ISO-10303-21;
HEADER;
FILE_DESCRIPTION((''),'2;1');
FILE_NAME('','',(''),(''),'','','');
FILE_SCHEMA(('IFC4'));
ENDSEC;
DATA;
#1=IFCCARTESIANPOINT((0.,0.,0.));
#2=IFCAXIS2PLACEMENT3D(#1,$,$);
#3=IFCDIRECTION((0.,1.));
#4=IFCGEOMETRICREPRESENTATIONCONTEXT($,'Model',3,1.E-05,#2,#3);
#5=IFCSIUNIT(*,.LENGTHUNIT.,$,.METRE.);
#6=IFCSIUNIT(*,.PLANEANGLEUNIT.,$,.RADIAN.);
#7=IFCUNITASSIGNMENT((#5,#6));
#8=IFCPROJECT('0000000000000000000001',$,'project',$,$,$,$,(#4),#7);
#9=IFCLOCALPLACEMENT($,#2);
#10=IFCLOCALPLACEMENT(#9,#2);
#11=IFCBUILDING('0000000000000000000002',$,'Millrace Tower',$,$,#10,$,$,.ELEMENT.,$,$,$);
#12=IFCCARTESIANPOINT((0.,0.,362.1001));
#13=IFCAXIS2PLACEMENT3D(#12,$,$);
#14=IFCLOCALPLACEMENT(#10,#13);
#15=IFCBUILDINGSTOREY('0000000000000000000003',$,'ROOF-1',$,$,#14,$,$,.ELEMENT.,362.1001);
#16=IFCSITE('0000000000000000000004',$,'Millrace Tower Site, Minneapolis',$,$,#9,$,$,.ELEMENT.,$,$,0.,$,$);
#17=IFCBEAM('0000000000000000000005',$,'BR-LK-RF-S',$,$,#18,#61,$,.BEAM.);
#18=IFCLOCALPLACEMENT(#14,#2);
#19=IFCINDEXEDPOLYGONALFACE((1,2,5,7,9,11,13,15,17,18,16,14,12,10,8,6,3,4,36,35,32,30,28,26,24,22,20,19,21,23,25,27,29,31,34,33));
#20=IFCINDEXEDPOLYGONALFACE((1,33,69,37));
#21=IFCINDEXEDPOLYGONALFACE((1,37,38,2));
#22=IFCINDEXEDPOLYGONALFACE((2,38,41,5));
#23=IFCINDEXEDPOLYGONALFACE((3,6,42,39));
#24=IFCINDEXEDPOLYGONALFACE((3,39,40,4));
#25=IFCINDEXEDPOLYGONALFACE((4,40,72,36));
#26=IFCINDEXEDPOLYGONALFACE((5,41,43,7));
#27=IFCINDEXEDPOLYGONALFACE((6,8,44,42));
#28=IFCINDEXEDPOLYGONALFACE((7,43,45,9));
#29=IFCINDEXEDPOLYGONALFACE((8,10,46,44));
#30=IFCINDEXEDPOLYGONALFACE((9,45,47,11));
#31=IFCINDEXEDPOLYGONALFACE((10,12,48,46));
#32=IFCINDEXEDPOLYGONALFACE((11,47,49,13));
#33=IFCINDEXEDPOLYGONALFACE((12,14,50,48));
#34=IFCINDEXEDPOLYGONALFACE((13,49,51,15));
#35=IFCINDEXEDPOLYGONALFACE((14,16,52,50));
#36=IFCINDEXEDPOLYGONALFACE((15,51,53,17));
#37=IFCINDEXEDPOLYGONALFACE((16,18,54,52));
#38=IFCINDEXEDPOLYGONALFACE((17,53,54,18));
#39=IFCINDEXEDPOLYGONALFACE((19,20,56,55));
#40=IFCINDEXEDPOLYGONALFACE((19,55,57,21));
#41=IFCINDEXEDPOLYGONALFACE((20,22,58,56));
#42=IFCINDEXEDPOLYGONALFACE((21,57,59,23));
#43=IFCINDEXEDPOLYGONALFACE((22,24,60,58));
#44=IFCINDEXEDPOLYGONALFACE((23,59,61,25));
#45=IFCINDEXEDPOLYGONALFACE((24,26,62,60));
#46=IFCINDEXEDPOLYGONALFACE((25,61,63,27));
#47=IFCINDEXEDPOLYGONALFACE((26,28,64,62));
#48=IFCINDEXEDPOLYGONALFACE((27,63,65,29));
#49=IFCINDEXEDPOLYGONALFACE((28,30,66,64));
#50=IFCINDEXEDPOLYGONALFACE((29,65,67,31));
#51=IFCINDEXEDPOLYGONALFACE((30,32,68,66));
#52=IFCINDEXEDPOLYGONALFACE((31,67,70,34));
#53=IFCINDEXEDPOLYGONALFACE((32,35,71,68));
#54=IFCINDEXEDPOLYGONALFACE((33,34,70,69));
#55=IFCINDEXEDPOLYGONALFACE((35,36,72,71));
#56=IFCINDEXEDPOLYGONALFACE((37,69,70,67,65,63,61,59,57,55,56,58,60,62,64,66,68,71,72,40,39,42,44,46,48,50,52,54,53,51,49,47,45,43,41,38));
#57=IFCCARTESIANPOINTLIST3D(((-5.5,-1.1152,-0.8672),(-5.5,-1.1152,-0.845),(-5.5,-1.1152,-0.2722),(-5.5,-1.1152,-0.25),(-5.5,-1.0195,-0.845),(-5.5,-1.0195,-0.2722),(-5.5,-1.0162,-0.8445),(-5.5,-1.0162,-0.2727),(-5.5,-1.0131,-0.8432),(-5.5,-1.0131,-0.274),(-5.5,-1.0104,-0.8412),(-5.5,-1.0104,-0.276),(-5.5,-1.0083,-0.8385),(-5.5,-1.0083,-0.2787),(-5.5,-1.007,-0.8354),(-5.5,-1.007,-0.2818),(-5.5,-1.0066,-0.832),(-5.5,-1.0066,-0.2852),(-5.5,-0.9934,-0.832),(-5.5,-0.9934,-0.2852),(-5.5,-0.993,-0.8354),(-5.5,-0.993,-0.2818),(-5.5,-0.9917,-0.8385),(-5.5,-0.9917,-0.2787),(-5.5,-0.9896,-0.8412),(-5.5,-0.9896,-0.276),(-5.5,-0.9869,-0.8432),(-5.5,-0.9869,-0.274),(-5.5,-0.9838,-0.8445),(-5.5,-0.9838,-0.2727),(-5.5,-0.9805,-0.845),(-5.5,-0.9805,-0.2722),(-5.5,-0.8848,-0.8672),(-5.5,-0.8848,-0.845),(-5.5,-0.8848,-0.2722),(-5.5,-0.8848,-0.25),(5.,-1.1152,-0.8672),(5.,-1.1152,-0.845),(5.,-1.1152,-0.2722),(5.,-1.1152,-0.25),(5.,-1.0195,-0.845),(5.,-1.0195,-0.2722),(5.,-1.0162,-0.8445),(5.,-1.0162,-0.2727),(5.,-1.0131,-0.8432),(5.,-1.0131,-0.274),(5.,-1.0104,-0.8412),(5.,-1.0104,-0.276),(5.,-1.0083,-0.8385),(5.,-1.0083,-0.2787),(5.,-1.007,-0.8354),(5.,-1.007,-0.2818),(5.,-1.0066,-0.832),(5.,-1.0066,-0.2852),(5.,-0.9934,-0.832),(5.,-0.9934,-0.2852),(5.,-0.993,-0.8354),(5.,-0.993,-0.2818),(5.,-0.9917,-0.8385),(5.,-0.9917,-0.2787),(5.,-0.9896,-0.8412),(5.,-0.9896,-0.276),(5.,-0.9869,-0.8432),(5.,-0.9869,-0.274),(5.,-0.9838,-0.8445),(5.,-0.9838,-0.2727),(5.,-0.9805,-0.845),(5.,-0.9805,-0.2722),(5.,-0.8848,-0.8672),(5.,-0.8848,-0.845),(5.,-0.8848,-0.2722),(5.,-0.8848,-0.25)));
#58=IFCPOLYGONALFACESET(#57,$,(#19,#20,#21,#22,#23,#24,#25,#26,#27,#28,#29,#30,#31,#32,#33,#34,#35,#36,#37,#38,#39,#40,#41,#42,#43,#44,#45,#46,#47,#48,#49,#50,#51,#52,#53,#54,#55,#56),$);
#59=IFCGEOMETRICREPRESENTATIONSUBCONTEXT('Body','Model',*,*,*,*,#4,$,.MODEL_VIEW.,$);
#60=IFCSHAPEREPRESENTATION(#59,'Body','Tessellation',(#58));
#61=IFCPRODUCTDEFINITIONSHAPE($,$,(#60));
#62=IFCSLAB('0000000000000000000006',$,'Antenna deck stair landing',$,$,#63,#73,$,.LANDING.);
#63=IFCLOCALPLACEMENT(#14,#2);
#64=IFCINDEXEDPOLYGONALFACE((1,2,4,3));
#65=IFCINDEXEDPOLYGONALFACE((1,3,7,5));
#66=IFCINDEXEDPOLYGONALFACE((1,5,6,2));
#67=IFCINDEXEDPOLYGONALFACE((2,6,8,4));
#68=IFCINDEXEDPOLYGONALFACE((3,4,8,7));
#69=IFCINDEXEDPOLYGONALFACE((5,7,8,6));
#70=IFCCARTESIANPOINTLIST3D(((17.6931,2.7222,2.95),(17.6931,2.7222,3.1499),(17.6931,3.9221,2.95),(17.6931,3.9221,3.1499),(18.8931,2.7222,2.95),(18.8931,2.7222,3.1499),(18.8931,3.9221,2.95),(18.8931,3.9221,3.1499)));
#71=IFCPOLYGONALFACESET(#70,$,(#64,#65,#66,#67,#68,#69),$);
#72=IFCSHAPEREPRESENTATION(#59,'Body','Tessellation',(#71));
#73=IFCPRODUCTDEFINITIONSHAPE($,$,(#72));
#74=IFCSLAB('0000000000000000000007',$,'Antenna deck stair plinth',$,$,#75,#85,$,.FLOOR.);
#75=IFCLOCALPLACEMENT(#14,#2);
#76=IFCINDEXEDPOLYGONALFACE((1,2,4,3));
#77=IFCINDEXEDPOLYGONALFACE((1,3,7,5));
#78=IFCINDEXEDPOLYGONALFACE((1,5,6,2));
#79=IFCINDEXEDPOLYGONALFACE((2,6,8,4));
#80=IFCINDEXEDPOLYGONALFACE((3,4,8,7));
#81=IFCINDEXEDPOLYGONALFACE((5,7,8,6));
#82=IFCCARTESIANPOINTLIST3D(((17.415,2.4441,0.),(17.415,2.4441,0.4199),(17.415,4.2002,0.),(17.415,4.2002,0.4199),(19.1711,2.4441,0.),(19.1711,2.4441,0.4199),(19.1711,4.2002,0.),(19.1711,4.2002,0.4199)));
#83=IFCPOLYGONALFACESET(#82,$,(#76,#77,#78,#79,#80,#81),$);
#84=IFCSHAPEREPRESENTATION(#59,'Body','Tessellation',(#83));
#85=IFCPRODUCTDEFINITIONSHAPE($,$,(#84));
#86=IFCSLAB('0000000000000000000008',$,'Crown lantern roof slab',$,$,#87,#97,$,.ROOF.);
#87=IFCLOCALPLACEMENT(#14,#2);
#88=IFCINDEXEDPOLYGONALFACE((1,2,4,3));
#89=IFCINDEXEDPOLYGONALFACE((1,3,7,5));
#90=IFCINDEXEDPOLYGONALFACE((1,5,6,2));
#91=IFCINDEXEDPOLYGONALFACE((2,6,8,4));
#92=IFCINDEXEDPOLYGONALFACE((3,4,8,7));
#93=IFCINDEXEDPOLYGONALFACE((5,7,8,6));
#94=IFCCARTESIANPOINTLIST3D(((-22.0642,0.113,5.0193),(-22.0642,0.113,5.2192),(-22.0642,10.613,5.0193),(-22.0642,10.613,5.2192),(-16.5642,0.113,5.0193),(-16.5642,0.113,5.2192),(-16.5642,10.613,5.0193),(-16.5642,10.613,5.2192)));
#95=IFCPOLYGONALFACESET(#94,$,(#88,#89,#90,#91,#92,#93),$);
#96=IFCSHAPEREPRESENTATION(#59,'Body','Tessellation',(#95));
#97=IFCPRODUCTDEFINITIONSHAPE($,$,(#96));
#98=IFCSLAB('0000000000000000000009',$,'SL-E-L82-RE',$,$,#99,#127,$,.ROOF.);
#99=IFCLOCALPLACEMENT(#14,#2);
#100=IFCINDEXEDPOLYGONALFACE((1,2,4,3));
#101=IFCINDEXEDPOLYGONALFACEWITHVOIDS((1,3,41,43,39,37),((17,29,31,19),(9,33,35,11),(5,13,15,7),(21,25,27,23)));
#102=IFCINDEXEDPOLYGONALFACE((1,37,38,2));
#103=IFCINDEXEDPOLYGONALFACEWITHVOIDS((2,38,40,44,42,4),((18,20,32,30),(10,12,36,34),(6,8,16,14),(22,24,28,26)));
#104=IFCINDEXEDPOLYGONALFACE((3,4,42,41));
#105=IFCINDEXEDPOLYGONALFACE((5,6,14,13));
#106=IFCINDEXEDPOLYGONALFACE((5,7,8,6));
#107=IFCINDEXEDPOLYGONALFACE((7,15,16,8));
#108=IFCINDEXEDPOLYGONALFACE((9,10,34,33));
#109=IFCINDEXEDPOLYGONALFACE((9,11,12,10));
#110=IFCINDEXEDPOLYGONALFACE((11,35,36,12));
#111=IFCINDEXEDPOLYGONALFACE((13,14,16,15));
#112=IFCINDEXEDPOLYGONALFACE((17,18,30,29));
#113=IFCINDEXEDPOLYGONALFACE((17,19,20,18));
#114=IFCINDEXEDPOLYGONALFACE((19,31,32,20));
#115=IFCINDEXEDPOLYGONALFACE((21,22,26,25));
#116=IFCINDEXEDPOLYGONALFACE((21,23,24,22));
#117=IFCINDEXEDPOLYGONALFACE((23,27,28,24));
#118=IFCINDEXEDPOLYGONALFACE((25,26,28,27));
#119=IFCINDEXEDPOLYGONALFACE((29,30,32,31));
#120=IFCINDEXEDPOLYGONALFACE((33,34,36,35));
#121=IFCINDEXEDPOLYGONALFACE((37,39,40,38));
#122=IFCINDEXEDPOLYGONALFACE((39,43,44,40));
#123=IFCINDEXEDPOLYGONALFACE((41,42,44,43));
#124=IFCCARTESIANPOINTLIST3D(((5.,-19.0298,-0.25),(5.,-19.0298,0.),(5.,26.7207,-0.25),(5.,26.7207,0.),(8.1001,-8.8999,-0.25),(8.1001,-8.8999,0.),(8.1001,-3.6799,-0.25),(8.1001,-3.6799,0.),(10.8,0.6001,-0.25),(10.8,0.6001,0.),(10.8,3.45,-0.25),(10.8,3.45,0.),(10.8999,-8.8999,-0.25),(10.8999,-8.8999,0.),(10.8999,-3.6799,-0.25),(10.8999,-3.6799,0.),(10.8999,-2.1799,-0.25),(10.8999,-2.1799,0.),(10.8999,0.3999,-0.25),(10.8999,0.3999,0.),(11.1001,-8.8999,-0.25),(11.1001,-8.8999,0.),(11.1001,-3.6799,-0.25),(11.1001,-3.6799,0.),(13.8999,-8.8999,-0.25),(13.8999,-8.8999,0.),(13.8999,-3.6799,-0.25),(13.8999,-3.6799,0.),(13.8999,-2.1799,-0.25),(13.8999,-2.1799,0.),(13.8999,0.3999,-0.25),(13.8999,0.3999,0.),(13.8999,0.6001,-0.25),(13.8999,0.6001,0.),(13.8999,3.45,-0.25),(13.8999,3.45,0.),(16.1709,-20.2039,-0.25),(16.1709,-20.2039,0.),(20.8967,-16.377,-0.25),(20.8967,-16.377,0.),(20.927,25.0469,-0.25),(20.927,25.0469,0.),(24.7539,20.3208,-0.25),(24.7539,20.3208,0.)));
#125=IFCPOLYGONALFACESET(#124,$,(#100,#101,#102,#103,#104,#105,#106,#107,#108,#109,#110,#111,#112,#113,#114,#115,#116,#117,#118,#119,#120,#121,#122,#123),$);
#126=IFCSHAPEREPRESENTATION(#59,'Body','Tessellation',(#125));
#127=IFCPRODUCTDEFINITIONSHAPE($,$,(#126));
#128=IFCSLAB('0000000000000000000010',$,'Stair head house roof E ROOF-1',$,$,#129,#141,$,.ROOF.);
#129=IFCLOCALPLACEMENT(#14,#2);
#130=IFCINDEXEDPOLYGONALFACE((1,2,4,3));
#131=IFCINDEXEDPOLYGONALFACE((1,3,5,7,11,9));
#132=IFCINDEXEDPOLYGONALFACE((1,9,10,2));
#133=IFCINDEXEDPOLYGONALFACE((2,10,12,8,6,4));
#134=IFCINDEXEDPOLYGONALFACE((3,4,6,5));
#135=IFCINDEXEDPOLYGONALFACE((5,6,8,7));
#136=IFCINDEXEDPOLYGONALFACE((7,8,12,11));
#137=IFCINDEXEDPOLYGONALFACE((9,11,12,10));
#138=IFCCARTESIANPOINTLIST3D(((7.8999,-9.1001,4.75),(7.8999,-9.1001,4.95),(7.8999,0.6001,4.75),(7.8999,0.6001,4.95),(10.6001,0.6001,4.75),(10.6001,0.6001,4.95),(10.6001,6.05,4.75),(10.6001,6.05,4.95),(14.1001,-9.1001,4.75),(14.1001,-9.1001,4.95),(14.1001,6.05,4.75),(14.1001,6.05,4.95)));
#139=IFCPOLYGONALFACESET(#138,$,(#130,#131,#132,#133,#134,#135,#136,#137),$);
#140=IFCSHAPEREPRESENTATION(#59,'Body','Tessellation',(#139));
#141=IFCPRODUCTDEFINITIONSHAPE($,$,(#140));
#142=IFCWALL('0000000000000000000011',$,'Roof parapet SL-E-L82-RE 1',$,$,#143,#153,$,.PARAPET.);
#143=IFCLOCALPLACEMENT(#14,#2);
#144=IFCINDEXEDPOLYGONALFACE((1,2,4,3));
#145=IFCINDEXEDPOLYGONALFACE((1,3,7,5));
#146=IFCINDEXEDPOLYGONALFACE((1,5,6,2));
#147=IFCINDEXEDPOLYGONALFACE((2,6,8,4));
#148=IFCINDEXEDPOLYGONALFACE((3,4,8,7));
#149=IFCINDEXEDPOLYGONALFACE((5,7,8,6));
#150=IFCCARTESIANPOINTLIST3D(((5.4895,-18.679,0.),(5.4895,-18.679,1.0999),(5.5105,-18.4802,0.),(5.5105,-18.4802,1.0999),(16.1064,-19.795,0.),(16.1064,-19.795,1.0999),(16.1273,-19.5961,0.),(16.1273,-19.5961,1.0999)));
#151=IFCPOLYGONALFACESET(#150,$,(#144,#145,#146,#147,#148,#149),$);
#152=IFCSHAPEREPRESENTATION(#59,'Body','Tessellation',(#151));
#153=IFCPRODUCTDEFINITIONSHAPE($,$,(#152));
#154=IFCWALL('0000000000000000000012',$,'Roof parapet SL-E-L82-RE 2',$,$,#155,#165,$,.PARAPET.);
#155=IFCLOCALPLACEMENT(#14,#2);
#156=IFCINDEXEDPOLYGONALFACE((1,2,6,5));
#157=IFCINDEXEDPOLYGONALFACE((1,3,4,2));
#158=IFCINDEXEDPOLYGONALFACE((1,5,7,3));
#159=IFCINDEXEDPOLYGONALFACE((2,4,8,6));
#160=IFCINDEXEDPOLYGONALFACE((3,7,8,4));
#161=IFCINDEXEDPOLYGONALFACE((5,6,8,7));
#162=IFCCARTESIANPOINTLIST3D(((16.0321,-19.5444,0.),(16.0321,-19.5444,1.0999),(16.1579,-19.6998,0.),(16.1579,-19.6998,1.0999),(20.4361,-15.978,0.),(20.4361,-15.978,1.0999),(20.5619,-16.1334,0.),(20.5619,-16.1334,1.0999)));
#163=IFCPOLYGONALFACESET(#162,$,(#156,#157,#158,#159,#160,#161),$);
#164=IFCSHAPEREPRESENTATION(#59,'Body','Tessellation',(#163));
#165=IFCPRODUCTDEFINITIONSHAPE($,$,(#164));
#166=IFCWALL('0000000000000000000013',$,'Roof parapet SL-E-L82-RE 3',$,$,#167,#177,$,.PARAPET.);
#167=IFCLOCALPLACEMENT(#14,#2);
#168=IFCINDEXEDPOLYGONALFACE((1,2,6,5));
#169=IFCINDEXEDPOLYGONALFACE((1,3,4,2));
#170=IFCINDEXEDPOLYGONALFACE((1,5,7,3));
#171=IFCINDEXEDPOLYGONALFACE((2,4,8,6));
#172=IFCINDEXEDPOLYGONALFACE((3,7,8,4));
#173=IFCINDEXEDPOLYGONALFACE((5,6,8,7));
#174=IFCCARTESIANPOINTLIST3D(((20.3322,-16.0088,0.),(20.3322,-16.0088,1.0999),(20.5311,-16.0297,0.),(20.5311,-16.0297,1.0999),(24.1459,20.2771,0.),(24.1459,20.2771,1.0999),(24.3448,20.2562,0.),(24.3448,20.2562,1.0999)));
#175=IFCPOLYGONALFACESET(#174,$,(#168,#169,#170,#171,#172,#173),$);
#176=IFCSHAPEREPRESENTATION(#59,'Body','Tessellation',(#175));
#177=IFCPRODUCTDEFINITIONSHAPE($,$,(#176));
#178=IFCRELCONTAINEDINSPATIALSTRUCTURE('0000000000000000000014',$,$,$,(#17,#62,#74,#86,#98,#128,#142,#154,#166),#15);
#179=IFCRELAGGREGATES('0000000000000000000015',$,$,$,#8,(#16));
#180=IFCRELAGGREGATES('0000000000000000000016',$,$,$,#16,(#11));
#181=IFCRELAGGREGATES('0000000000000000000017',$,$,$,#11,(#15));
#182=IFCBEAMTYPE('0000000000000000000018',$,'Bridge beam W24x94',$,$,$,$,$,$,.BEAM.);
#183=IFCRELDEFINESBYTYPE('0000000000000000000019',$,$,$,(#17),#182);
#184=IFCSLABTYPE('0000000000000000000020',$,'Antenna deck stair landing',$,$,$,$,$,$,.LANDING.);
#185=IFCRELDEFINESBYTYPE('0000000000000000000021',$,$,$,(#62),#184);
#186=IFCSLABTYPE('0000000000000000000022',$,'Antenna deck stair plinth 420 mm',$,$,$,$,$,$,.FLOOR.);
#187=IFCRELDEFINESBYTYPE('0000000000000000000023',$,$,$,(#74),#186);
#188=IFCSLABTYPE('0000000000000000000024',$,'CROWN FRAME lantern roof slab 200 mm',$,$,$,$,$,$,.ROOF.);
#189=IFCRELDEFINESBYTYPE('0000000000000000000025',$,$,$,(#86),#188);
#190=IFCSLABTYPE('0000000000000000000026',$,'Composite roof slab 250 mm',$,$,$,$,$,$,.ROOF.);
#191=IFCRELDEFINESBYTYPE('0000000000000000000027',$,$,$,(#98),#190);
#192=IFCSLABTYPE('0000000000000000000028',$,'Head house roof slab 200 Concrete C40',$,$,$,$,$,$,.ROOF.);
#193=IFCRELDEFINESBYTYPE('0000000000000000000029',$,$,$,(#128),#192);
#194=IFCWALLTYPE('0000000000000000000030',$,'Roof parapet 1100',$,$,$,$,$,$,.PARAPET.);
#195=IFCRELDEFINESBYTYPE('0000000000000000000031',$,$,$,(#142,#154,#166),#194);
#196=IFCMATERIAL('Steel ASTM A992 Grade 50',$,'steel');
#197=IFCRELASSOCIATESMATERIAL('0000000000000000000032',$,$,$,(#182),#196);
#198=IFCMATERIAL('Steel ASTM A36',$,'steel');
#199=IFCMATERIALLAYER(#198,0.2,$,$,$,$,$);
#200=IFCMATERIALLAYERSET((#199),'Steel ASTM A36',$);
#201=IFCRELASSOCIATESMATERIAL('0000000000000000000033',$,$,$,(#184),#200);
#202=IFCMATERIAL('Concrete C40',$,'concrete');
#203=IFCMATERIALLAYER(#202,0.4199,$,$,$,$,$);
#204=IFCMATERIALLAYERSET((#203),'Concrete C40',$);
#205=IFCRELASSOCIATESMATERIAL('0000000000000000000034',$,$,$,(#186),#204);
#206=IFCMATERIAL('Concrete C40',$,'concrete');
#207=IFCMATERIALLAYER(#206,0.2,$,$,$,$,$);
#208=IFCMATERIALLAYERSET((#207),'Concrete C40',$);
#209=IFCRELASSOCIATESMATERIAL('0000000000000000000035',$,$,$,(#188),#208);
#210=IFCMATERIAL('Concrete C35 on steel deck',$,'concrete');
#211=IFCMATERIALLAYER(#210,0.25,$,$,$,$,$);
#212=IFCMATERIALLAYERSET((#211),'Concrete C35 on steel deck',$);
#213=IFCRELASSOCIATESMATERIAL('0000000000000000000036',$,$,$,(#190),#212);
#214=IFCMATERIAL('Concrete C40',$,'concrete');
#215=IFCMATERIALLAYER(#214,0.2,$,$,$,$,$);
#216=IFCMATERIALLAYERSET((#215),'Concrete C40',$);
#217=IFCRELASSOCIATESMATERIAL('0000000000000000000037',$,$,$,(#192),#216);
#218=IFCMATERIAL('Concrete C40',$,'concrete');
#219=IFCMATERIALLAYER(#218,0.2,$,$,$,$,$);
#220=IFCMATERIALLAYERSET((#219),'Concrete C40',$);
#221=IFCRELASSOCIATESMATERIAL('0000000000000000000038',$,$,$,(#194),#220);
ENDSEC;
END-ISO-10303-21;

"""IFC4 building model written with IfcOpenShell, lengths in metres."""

from ifc_helpers import new_model, si_unit, direction, frame, frame_2d, origin, origin_2d, place, context, subcontext, project, spatial, polyline, rectangle, i_section, outline, extrude, material, layer, layer_set, material_profile, profile_set, type_object, element, save


model = new_model("IFC4")

# Units and contexts
model_context = context("Model", 3, precision=1e-05, world=origin(), true_north=direction((0.0, 1.0)))
body_context = subcontext(model_context, "Body", "Model", "MODEL_VIEW")
ifc_project = project(units=[si_unit("LENGTHUNIT", "METRE"), si_unit("PLANEANGLEUNIT", "RADIAN")], contexts=[model_context])

# Site, building, storey
site_placement = place(None, origin())
site = spatial("IfcSite", under=ifc_project, at=site_placement, Name="Millrace Tower Site, Minneapolis", CompositionType="ELEMENT", RefElevation=0.0)
building_placement = place(site_placement, origin())
building = spatial("IfcBuilding", under=site, at=building_placement, Name="Millrace Tower", CompositionType="ELEMENT")
storey_placement = place(building_placement, frame((0.0, 0.0, 362.1001)))
storey = spatial("IfcBuildingStorey", under=building, at=storey_placement, Name="ROOF-1", CompositionType="ELEMENT", Elevation=362.1001)

# Beam
ifc_material_1 = material(Name="Steel ASTM A992 Grade 50", Category="steel")
ifc_material_profile = material_profile(ifc_material_1, i_section(OverallWidth=0.2305, OverallDepth=0.6172, WebThickness=0.0132, FlangeThickness=0.0222, FilletRadius=0.0129, at=origin_2d()))
ifc_profile_set = profile_set([ifc_material_profile], Name="Steel ASTM A992 Grade 50")
beam_type = type_object("IfcBeamType", Name="Bridge beam W24x94", PredefinedType="BEAM", material=ifc_profile_set)
beam_placement = place(storey_placement, frame((-5.5, -1.0, -0.5586), z_axis=(1.0, 0.0, 0.0), x_axis=(0.0, 1.0, 0.0)))
element("IfcBeam", 1, at=beam_placement, inside=storey, type_object=beam_type, Name="BR-LK-RF-S", PredefinedType="BEAM", context=body_context, shape_type="SweptSolid", body=[
    extrude(i_section(OverallWidth=0.2305, OverallDepth=0.6172, WebThickness=0.0132, FlangeThickness=0.0222, FilletRadius=0.0129, at=origin_2d()), origin(), (0.0, 0.0, 1.0), 10.5),
])

# Slabs
ifc_material_2 = material(Name="Steel ASTM A36", Category="steel")
ifc_layer_1 = layer(ifc_material_2, 0.2)
ifc_layer_set_1 = layer_set([ifc_layer_1], Name="Steel ASTM A36")
slab_type_1 = type_object("IfcSlabType", Name="Antenna deck stair landing", PredefinedType="LANDING", material=ifc_layer_set_1)
slab_1_placement = place(storey_placement, frame((0.0, 0.0, 2.95)))
element("IfcSlab", 2, at=slab_1_placement, inside=storey, type_object=slab_type_1, Name="Antenna deck stair landing", PredefinedType="LANDING", context=body_context, shape_type="SweptSolid", body=[
    extrude(outline(polyline([(17.6931, 2.7222), (18.8931, 2.7222), (18.8931, 3.9221), (17.6931, 3.9221), (17.6931, 2.7222)])), origin(), (0.0, 0.0, 1.0), 0.2),
])
ifc_material_3 = material(Name="Concrete C40", Category="concrete")
ifc_layer_2 = layer(ifc_material_3, 0.4199)
ifc_layer_set_2 = layer_set([ifc_layer_2], Name="Concrete C40")
slab_type_2 = type_object("IfcSlabType", Name="Antenna deck stair plinth 420 mm", PredefinedType="FLOOR", material=ifc_layer_set_2)
placement_1 = place(storey_placement, origin())
element("IfcSlab", 3, at=placement_1, inside=storey, type_object=slab_type_2, Name="Antenna deck stair plinth", PredefinedType="FLOOR", context=body_context, shape_type="SweptSolid", body=[
    extrude(outline(polyline([(17.415, 2.4441), (19.1711, 2.4441), (19.1711, 4.2002), (17.415, 4.2002), (17.415, 2.4441)])), origin(), (0.0, 0.0, 1.0), 0.4199),
])
ifc_material_4 = material(Name="Concrete C40", Category="concrete")
ifc_layer_3 = layer(ifc_material_4, 0.2)
ifc_layer_set_3 = layer_set([ifc_layer_3], Name="Concrete C40")
slab_type_3 = type_object("IfcSlabType", Name="CROWN FRAME lantern roof slab 200 mm", PredefinedType="ROOF", material=ifc_layer_set_3)
slab_2_placement = place(storey_placement, frame((0.0, 0.0, 5.0193)))
element("IfcSlab", 4, at=slab_2_placement, inside=storey, type_object=slab_type_3, Name="Crown lantern roof slab", PredefinedType="ROOF", context=body_context, shape_type="SweptSolid", body=[
    extrude(outline(polyline([(-22.0642, 0.113), (-22.0642, 10.613), (-16.5642, 10.613), (-16.5642, 0.113), (-22.0642, 0.113)])), origin(), (0.0, 0.0, 1.0), 0.2),
])
ifc_material_5 = material(Name="Concrete C35 on steel deck", Category="concrete")
ifc_layer_4 = layer(ifc_material_5, 0.25)
ifc_layer_set_4 = layer_set([ifc_layer_4], Name="Concrete C35 on steel deck")
slab_type_4 = type_object("IfcSlabType", Name="Composite roof slab 250 mm", PredefinedType="ROOF", material=ifc_layer_set_4)
slab_3_placement = place(storey_placement, frame((0.0, 0.0, -0.25)))
element("IfcSlab", 5, at=slab_3_placement, inside=storey, type_object=slab_type_4, Name="SL-E-L82-RE", PredefinedType="ROOF", context=body_context, shape_type="SweptSolid", body=[
    extrude(outline(polyline([(5.0, 26.7207), (5.0, -19.0298), (16.1709, -20.2039), (20.8967, -16.377), (24.7539, 20.3208), (20.927, 25.0469), (5.0, 26.7207)]), holes=[polyline([(10.8, 0.6001), (13.8999, 0.6001), (13.8999, 3.45), (10.8, 3.45), (10.8, 0.6001)]), polyline([(10.8999, -2.1799), (13.8999, -2.1799), (13.8999, 0.3999), (10.8999, 0.3999), (10.8999, -2.1799)]), polyline([(11.1001, -8.8999), (13.8999, -8.8999), (13.8999, -3.6799), (11.1001, -3.6799), (11.1001, -8.8999)]), polyline([(8.1001, -8.8999), (10.8999, -8.8999), (10.8999, -3.6799), (8.1001, -3.6799), (8.1001, -8.8999)])]), origin(), (0.0, 0.0, 1.0), 0.25),
])
ifc_material_6 = material(Name="Concrete C40", Category="concrete")
ifc_layer_5 = layer(ifc_material_6, 0.2)
ifc_layer_set_5 = layer_set([ifc_layer_5], Name="Concrete C40")
slab_type_5 = type_object("IfcSlabType", Name="Head house roof slab 200 Concrete C40", PredefinedType="ROOF", material=ifc_layer_set_5)
slab_4_placement = place(storey_placement, frame((0.0, 0.0, 4.75)))
element("IfcSlab", 6, at=slab_4_placement, inside=storey, type_object=slab_type_5, Name="Stair head house roof E ROOF-1", PredefinedType="ROOF", context=body_context, shape_type="SweptSolid", body=[
    extrude(outline(polyline([(10.6001, 0.6001), (7.8999, 0.6001), (7.8999, -9.1001), (14.1001, -9.1001), (14.1001, 6.05), (10.6001, 6.05), (10.6001, 0.6001)])), origin(), (0.0, 0.0, 1.0), 0.2),
])

# Walls
ifc_material_7 = material(Name="Concrete C40", Category="concrete")
ifc_layer_6 = layer(ifc_material_7, 0.2)
ifc_layer_set_6 = layer_set([ifc_layer_6], Name="Concrete C40")
wall_type_1 = type_object("IfcWallType", Name="Roof parapet 1100", PredefinedType="PARAPET", material=ifc_layer_set_6)
wall_1_placement = place(storey_placement, frame((5.5, -18.5796, 0.0), z_axis=(0.0, 0.0, 1.0), x_axis=(0.994521, -0.104538, 0.0)))
element("IfcWall", 7, at=wall_1_placement, inside=storey, type_object=wall_type_1, Name="Roof parapet SL-E-L82-RE 1", PredefinedType="PARAPET", context=body_context, shape_type="SweptSolid", body=[
    extrude(rectangle(XDim=10.6753, YDim=0.2, at=frame_2d((5.3376, 0.0))), origin(), (0.0, 0.0, 1.0), 1.0999),
])
wall_2_placement = place(storey_placement, frame((16.095, -19.6221, 0.0), z_axis=(0.0, 0.0, 1.0), x_axis=(0.77714, 0.629328, 0.0)))
element("IfcWall", 8, at=wall_2_placement, inside=storey, type_object=wall_type_1, Name="Roof parapet SL-E-L82-RE 2", PredefinedType="PARAPET", context=body_context, shape_type="SweptSolid", body=[
    extrude(rectangle(XDim=5.667, YDim=0.2, at=frame_2d((2.8335, 0.0))), origin(), (0.0, 0.0, 1.0), 1.0999),
])
wall_3_placement = place(storey_placement, frame((20.4316, -16.0193, 0.0), z_axis=(0.0, 0.0, 1.0), x_axis=(0.104526, 0.994522, 0.0)))
element("IfcWall", 9, at=wall_3_placement, inside=storey, type_object=wall_type_1, Name="Roof parapet SL-E-L82-RE 3", PredefinedType="PARAPET", context=body_context, shape_type="SweptSolid", body=[
    extrude(rectangle(XDim=36.4858, YDim=0.2, at=frame_2d((18.2429, 0.0))), origin(), (0.0, 0.0, 1.0), 1.0999),
])

save(model, "model.ifc")
